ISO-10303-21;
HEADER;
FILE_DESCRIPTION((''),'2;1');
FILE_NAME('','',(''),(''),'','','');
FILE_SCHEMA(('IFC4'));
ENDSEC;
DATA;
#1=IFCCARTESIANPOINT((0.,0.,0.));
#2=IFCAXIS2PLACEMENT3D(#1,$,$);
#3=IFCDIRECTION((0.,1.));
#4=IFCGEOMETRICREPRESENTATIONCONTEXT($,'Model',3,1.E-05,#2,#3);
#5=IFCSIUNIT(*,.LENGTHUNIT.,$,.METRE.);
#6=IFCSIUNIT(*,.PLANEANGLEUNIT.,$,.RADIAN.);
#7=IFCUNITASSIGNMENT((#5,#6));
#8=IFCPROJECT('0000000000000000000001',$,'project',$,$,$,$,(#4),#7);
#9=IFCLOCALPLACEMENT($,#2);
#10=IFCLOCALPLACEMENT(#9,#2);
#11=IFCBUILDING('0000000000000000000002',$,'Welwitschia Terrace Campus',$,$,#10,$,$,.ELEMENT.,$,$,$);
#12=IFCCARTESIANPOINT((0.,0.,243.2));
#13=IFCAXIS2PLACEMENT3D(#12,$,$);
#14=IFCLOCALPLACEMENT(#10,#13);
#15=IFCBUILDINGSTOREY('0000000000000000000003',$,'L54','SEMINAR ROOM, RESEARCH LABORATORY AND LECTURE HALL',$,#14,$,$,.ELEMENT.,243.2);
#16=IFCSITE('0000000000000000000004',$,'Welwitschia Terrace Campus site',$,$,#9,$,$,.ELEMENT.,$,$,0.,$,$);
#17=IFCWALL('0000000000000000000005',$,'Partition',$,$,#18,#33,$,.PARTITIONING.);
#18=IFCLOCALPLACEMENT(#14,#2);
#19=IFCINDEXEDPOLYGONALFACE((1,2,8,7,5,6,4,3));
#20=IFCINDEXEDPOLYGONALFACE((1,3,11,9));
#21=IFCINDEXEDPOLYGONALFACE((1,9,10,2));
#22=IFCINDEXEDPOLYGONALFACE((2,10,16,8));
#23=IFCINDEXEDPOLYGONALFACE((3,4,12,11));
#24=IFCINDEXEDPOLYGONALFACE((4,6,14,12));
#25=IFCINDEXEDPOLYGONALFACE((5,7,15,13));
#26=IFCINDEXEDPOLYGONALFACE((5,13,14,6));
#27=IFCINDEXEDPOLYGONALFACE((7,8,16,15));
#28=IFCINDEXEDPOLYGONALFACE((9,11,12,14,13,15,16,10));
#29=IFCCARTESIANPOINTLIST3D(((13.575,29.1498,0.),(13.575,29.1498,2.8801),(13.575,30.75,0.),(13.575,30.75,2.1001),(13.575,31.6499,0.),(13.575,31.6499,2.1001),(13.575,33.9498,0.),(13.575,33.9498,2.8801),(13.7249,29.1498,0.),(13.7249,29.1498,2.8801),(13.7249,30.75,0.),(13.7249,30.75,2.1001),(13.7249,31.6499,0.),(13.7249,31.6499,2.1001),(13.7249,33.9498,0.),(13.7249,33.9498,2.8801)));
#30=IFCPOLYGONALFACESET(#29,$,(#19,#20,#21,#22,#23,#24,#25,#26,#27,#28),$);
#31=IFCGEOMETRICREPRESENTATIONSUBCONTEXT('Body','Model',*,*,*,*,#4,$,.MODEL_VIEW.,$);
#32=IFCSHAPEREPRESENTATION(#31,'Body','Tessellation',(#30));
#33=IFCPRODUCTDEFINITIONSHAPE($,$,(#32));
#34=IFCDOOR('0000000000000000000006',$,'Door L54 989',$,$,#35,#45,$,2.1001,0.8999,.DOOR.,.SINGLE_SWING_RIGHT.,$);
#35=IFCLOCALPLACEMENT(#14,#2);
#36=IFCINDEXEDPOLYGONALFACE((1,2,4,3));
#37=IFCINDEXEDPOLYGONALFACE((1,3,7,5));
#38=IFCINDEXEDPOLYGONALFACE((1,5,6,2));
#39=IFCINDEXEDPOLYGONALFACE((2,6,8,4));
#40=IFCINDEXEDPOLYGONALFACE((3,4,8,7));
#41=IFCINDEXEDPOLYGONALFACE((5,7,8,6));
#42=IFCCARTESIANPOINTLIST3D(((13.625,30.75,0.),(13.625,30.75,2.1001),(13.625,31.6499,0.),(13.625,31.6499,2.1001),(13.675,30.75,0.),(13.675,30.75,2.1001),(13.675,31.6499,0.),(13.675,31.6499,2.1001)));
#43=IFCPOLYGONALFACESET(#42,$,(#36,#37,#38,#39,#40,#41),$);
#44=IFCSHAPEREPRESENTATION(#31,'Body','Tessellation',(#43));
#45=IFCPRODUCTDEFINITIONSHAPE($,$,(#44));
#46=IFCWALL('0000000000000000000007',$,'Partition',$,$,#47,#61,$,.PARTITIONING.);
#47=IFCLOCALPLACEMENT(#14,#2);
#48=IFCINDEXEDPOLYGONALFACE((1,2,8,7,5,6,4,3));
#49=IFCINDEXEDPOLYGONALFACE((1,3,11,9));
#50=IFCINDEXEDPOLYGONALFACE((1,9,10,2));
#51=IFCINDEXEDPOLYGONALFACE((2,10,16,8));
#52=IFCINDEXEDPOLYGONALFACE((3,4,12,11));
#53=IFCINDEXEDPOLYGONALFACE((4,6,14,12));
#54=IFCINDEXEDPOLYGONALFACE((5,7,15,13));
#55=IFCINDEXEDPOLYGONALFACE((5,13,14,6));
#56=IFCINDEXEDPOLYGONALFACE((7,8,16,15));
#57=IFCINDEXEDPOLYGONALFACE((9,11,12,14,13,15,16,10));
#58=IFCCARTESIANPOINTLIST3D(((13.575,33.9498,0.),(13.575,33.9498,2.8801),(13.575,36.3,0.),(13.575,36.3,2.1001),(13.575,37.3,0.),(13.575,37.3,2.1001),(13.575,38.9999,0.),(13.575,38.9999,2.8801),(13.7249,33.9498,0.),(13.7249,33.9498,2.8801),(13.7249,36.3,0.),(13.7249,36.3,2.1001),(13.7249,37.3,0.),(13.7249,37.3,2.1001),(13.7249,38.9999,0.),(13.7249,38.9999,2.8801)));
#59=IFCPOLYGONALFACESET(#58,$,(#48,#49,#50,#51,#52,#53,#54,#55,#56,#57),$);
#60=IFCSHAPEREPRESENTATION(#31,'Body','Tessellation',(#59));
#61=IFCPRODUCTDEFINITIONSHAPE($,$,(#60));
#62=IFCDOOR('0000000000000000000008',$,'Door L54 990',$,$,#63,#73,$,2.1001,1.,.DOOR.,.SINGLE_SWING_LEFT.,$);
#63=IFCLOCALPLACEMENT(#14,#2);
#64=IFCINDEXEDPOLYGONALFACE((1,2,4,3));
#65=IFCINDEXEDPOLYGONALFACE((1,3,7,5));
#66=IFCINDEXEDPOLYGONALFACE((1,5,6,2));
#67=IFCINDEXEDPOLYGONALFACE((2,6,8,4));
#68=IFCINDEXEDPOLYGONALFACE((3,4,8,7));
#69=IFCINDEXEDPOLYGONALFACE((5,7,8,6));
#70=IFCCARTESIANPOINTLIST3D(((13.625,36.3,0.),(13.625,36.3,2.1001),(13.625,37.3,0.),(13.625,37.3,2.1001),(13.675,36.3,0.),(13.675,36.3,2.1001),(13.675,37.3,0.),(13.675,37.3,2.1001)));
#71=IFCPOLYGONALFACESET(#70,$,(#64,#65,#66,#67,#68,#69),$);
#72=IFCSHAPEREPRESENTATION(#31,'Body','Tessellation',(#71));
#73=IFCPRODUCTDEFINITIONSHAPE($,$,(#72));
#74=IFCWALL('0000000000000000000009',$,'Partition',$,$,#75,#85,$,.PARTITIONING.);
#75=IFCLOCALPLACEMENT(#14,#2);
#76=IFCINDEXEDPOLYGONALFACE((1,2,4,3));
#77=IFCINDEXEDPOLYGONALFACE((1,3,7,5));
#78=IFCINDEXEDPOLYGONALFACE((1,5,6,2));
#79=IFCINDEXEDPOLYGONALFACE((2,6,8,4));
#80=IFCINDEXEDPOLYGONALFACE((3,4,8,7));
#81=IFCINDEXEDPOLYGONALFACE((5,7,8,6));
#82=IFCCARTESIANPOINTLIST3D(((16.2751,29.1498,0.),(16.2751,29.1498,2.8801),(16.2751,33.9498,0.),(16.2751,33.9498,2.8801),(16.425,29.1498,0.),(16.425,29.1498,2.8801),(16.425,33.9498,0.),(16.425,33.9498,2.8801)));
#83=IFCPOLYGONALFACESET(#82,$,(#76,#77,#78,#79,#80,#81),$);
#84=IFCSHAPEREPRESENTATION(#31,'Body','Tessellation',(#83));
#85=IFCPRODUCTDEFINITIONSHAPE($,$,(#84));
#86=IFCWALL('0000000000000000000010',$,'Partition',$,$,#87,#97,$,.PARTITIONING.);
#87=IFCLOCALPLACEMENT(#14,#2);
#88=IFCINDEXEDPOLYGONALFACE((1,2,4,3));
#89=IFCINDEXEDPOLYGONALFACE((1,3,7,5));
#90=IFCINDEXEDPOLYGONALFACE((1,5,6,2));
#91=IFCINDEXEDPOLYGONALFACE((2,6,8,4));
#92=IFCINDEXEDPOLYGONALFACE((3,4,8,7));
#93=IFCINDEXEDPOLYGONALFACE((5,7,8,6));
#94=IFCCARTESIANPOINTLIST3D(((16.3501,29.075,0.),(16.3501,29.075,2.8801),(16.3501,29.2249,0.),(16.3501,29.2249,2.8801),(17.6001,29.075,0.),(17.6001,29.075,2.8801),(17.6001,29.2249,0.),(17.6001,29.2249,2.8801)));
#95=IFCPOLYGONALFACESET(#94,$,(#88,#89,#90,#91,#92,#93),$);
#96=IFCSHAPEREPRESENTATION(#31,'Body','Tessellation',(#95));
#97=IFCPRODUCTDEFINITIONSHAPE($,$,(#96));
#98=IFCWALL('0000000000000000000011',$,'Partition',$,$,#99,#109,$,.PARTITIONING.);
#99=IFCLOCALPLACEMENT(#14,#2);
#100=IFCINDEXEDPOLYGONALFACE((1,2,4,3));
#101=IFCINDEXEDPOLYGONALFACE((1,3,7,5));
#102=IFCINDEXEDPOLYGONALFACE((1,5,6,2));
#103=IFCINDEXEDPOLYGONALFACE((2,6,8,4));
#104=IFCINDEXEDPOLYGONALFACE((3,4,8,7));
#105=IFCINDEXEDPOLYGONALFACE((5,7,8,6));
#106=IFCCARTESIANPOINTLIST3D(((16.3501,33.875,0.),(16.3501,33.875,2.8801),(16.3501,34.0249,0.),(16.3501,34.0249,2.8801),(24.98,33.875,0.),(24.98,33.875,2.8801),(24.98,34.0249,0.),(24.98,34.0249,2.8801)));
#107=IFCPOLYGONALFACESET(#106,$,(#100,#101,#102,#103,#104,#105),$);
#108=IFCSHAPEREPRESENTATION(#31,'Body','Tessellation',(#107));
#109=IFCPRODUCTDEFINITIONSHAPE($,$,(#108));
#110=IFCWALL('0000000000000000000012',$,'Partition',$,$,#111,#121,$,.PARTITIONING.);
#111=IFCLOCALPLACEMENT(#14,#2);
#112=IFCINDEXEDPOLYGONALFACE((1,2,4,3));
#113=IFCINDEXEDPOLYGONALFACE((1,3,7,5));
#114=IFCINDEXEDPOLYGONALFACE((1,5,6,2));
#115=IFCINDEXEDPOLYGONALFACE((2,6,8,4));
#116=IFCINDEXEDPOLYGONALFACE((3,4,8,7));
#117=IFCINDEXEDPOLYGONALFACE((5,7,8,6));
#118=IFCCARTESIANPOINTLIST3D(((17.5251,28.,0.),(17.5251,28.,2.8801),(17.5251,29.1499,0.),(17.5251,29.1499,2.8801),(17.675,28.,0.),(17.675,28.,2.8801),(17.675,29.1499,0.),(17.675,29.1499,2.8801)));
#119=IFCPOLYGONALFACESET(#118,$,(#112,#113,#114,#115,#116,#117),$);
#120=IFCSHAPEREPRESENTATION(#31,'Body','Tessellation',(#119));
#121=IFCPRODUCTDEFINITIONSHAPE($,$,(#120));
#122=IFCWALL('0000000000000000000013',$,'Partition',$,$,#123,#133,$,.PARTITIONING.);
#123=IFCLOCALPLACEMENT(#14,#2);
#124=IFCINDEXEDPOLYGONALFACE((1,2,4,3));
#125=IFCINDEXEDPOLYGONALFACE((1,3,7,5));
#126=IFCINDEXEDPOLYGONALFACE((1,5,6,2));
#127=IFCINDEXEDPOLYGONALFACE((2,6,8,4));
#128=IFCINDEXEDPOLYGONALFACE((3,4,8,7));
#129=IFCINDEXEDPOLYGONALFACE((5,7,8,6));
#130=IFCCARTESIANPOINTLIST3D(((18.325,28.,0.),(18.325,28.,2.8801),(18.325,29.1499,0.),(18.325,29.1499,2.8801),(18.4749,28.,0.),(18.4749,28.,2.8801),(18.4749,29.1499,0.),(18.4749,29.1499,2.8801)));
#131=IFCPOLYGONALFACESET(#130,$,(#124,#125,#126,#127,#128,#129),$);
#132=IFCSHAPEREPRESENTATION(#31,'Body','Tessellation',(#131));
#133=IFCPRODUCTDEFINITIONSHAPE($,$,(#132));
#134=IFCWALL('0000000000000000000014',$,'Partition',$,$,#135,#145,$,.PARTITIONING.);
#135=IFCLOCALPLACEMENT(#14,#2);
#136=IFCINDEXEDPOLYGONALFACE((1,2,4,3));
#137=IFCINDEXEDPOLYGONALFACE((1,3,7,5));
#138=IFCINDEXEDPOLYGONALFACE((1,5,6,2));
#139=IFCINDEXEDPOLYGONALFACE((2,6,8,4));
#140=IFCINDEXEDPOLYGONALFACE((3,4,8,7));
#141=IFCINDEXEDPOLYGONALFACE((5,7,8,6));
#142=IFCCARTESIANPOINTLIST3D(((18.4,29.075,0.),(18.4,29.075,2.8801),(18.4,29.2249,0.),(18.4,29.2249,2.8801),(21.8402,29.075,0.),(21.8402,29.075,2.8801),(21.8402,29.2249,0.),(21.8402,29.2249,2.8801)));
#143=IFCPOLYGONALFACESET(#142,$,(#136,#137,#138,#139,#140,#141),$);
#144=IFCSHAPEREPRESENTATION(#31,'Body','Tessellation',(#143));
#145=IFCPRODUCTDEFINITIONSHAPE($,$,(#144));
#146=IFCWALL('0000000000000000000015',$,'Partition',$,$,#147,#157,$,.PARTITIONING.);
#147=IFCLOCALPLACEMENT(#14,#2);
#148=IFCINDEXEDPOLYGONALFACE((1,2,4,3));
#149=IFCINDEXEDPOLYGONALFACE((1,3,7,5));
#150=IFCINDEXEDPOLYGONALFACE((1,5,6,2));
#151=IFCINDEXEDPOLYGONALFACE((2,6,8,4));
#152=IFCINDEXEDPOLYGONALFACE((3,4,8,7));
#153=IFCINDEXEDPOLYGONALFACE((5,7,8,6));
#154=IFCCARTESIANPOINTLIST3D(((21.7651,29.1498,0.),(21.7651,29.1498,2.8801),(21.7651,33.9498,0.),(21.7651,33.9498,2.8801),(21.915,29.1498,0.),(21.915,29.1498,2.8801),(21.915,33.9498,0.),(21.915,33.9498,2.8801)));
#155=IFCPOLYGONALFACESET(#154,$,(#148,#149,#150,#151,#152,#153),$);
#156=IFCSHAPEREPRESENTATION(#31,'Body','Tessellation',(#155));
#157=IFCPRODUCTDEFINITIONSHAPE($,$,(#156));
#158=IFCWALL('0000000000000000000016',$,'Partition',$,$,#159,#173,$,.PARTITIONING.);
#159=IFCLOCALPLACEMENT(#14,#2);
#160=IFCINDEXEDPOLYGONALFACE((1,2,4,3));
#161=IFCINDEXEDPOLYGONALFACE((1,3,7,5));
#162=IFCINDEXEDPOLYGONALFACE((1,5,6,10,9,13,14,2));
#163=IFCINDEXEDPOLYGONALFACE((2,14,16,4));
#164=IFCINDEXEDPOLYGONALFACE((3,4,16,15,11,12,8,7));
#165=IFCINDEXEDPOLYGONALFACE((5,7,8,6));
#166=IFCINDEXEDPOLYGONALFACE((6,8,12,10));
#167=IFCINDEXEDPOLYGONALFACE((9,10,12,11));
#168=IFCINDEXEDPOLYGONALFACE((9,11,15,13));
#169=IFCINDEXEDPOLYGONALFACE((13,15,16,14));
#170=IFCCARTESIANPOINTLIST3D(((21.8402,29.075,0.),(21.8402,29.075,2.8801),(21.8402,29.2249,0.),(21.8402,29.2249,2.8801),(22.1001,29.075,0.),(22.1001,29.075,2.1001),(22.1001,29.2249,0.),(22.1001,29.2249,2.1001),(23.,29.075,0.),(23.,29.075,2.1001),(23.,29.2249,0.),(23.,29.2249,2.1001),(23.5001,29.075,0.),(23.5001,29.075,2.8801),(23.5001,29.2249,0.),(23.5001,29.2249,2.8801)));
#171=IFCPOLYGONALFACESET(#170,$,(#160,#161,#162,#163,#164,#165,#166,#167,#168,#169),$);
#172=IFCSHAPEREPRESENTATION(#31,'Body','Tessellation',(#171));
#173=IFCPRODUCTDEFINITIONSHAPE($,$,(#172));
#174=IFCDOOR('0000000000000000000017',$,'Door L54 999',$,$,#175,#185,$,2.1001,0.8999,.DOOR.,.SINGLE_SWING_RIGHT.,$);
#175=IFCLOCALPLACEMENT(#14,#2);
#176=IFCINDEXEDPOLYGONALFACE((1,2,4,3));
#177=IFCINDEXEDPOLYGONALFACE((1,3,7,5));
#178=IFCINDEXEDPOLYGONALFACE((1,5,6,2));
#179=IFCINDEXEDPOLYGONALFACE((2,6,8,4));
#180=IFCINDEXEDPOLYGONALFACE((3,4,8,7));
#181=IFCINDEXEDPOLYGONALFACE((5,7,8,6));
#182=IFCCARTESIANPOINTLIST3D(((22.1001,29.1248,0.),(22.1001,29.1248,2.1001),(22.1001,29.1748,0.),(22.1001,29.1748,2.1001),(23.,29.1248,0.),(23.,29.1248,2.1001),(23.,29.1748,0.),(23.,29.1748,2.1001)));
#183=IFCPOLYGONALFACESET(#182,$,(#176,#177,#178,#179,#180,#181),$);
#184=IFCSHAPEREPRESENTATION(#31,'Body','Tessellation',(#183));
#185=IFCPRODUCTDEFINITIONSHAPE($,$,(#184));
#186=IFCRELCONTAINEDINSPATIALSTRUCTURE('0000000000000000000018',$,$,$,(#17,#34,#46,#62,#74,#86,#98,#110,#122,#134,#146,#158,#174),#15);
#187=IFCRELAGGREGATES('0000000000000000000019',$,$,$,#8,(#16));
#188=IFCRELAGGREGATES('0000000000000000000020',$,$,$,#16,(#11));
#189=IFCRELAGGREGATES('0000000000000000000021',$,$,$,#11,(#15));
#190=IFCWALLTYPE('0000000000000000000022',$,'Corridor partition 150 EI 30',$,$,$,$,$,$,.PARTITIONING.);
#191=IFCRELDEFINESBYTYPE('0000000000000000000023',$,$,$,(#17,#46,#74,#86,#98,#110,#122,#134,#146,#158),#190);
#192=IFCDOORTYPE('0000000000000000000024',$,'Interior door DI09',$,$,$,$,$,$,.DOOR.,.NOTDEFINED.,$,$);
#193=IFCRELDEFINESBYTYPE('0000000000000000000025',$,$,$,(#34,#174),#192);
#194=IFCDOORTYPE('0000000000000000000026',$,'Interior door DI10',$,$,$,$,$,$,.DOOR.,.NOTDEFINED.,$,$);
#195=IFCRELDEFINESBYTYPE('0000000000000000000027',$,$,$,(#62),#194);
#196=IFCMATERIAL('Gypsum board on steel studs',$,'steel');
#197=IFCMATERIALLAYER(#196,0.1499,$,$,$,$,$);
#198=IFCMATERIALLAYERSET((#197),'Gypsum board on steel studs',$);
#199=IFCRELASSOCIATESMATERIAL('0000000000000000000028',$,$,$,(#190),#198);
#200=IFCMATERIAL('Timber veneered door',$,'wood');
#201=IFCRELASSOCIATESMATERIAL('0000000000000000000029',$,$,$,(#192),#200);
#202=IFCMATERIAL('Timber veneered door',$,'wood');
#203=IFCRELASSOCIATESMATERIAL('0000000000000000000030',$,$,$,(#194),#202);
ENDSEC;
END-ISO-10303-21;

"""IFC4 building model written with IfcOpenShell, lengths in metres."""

from ifc_helpers import new_model, si_unit, direction, frame, frame_2d, origin, place, context, subcontext, project, spatial, rectangle, extrude, material, layer, layer_set, type_object, element, fill, save


model = new_model("IFC4")

# Units and contexts
model_context = context("Model", 3, precision=1e-05, world=origin(), true_north=direction((0.0, 1.0)))
body_context = subcontext(model_context, "Body", "Model", "MODEL_VIEW")
ifc_project = project(units=[si_unit("LENGTHUNIT", "METRE"), si_unit("PLANEANGLEUNIT", "RADIAN")], contexts=[model_context])

# Site, building, storey
site_placement = place(None, origin())
site = spatial("IfcSite", under=ifc_project, at=site_placement, Name="Welwitschia Terrace Campus site", CompositionType="ELEMENT", RefElevation=0.0)
building_placement = place(site_placement, origin())
building = spatial("IfcBuilding", under=site, at=building_placement, Name="Welwitschia Terrace Campus", CompositionType="ELEMENT")
storey_placement = place(building_placement, frame((0.0, 0.0, 243.2)))
storey = spatial("IfcBuildingStorey", under=building, at=storey_placement, Name="L54", Description="SEMINAR ROOM, RESEARCH LABORATORY AND LECTURE HALL", CompositionType="ELEMENT", Elevation=243.2)

# Walls, openings, doors
ifc_material_1 = material(Name="Gypsum board on steel studs", Category="steel")
ifc_layer_1 = layer(ifc_material_1, 0.1499)
ifc_layer_set_1 = layer_set([ifc_layer_1], Name="Gypsum board on steel studs")
wall_type = type_object("IfcWallType", Name="Corridor partition 150 EI 30", PredefinedType="PARTITIONING", material=ifc_layer_set_1)
wall_1_placement = place(storey_placement, frame((13.6499, 29.1499, 0.0), z_axis=(0.0, 0.0, 1.0), x_axis=(0.0, 1.0, 0.0)))
wall_1 = element("IfcWall", 1, at=wall_1_placement, inside=storey, type_object=wall_type, Name="Partition", PredefinedType="PARTITIONING", context=body_context, shape_type="SweptSolid", body=[
    extrude(rectangle(XDim=4.8, YDim=0.1499, at=frame_2d((2.3999, 0.0))), origin(), (0.0, 0.0, 1.0), 2.8801),
])
opening_1_placement = place(wall_1_placement, frame((1.6001, 0.0, 0.0)))
opening_1 = element("IfcOpeningElement", 2, at=opening_1_placement, cuts=wall_1, PredefinedType="OPENING", context=body_context, shape_type="SweptSolid", body=[
    extrude(rectangle(XDim=0.8999, YDim=2.1001, at=frame_2d((0.45, 1.05))), frame((0.0, 0.085, 0.0), z_axis=(0.0, -1.0, 0.0), x_axis=(1.0, 0.0, 0.0)), (0.0, 0.0, 1.0), 0.1699),
])
ifc_material_2 = material(Name="Timber veneered door", Category="wood")
door_type_1 = type_object("IfcDoorType", Name="Interior door DI09", OperationType="NOTDEFINED", PredefinedType="DOOR", material=ifc_material_2)
door_1_placement = place(opening_1_placement, origin())
door_1 = element("IfcDoor", 3, at=door_1_placement, inside=storey, type_object=door_type_1, Name="Door L54 989", OperationType="SINGLE_SWING_RIGHT", OverallHeight=2.1001, OverallWidth=0.8999, PredefinedType="DOOR", context=body_context, shape_type="SweptSolid", body=[
    extrude(rectangle(XDim=0.8999, YDim=2.1001, at=frame_2d((0.45, 1.05))), frame((0.0, 0.0249, 0.0), z_axis=(0.0, -1.0, 0.0), x_axis=(1.0, 0.0, 0.0)), (0.0, 0.0, 1.0), 0.05),
])
fill(opening_1, door_1)
wall_2_placement = place(storey_placement, frame((13.6499, 33.95, 0.0), z_axis=(0.0, 0.0, 1.0), x_axis=(0.0, 1.0, 0.0)))
wall_2 = element("IfcWall", 4, at=wall_2_placement, inside=storey, type_object=wall_type, Name="Partition", PredefinedType="PARTITIONING", context=body_context, shape_type="SweptSolid", body=[
    extrude(rectangle(XDim=5.05, YDim=0.1499, at=frame_2d((2.5249, 0.0))), origin(), (0.0, 0.0, 1.0), 2.8801),
])
opening_2_placement = place(wall_2_placement, frame((2.3501, 0.0, 0.0)))
opening_2 = element("IfcOpeningElement", 5, at=opening_2_placement, cuts=wall_2, PredefinedType="OPENING", context=body_context, shape_type="SweptSolid", body=[
    extrude(rectangle(XDim=1.0, YDim=2.1001, at=frame_2d((0.5, 1.05))), frame((0.0, 0.085, 0.0), z_axis=(0.0, -1.0, 0.0), x_axis=(1.0, 0.0, 0.0)), (0.0, 0.0, 1.0), 0.1699),
])
ifc_material_3 = material(Name="Timber veneered door", Category="wood")
door_type_2 = type_object("IfcDoorType", Name="Interior door DI10", OperationType="NOTDEFINED", PredefinedType="DOOR", material=ifc_material_3)
door_2_placement = place(opening_2_placement, origin())
door_2 = element("IfcDoor", 6, at=door_2_placement, inside=storey, type_object=door_type_2, Name="Door L54 990", OperationType="SINGLE_SWING_LEFT", OverallHeight=2.1001, OverallWidth=1.0, PredefinedType="DOOR", context=body_context, shape_type="SweptSolid", body=[
    extrude(rectangle(XDim=1.0, YDim=2.1001, at=frame_2d((0.5, 1.05))), frame((0.0, 0.0249, 0.0), z_axis=(0.0, -1.0, 0.0), x_axis=(1.0, 0.0, 0.0)), (0.0, 0.0, 1.0), 0.05),
])
fill(opening_2, door_2)

# Walls
wall_3_placement = place(storey_placement, frame((16.3501, 29.1499, 0.0), z_axis=(0.0, 0.0, 1.0), x_axis=(0.0, 1.0, 0.0)))
element("IfcWall", 7, at=wall_3_placement, inside=storey, type_object=wall_type, Name="Partition", PredefinedType="PARTITIONING", context=body_context, shape_type="SweptSolid", body=[
    extrude(rectangle(XDim=4.8, YDim=0.1499, at=frame_2d((2.3999, 0.0))), origin(), (0.0, 0.0, 1.0), 2.8801),
])
wall_4_placement = place(storey_placement, frame((16.3501, 29.1499, 0.0), z_axis=(0.0, 0.0, 1.0), x_axis=(1.0, 0.0, 0.0)))
element("IfcWall", 8, at=wall_4_placement, inside=storey, type_object=wall_type, Name="Partition", PredefinedType="PARTITIONING", context=body_context, shape_type="SweptSolid", body=[
    extrude(rectangle(XDim=1.25, YDim=0.1499, at=frame_2d((0.625, 0.0))), origin(), (0.0, 0.0, 1.0), 2.8801),
])
wall_5_placement = place(storey_placement, frame((16.3501, 33.95, 0.0), z_axis=(0.0, 0.0, 1.0), x_axis=(1.0, 0.0, 0.0)))
element("IfcWall", 9, at=wall_5_placement, inside=storey, type_object=wall_type, Name="Partition", PredefinedType="PARTITIONING", context=body_context, shape_type="SweptSolid", body=[
    extrude(rectangle(XDim=8.6299, YDim=0.1499, at=frame_2d((4.3149, 0.0))), origin(), (0.0, 0.0, 1.0), 2.8801),
])
for number, where, z_axis, x_axis, name in (
    (10, (17.6001, 28.0, 0.0), (0.0, 0.0, 1.0), (0.0, 1.0, 0.0), "Partition"),
    (11, (18.3999, 28.0, 0.0), (0.0, 0.0, 1.0), (0.0, 1.0, 0.0), "Partition"),
):
    element("IfcWall", number, at=place(storey_placement, frame(where, z_axis=z_axis, x_axis=x_axis)), inside=storey, type_object=wall_type, Name=name, PredefinedType="PARTITIONING", context=body_context, shape_type="SweptSolid", body=[
        extrude(rectangle(XDim=1.1499, YDim=0.1499, at=frame_2d((0.575, 0.0))), origin(), (0.0, 0.0, 1.0), 2.8801),
    ])
wall_6_placement = place(storey_placement, frame((18.3999, 29.1499, 0.0), z_axis=(0.0, 0.0, 1.0), x_axis=(1.0, 0.0, 0.0)))
element("IfcWall", 12, at=wall_6_placement, inside=storey, type_object=wall_type, Name="Partition", PredefinedType="PARTITIONING", context=body_context, shape_type="SweptSolid", body=[
    extrude(rectangle(XDim=3.4402, YDim=0.1499, at=frame_2d((1.7202, 0.0))), origin(), (0.0, 0.0, 1.0), 2.8801),
])
wall_7_placement = place(storey_placement, frame((21.8401, 29.1499, 0.0), z_axis=(0.0, 0.0, 1.0), x_axis=(0.0, 1.0, 0.0)))
element("IfcWall", 13, at=wall_7_placement, inside=storey, type_object=wall_type, Name="Partition", PredefinedType="PARTITIONING", context=body_context, shape_type="SweptSolid", body=[
    extrude(rectangle(XDim=4.8, YDim=0.1499, at=frame_2d((2.3999, 0.0))), origin(), (0.0, 0.0, 1.0), 2.8801),
])

# Wall, opening, door
wall_8_placement = place(storey_placement, frame((21.8401, 29.1499, 0.0), z_axis=(0.0, 0.0, 1.0), x_axis=(1.0, 0.0, 0.0)))
wall_8 = element("IfcWall", 14, at=wall_8_placement, inside=storey, type_object=wall_type, Name="Partition", PredefinedType="PARTITIONING", context=body_context, shape_type="SweptSolid", body=[
    extrude(rectangle(XDim=1.6599, YDim=0.1499, at=frame_2d((0.8301, 0.0))), origin(), (0.0, 0.0, 1.0), 2.8801),
])
opening_3_placement = place(wall_8_placement, frame((0.26, 0.0, 0.0)))
opening_3 = element("IfcOpeningElement", 15, at=opening_3_placement, cuts=wall_8, PredefinedType="OPENING", context=body_context, shape_type="SweptSolid", body=[
    extrude(rectangle(XDim=0.8999, YDim=2.1001, at=frame_2d((0.45, 1.05))), frame((0.0, 0.085, 0.0), z_axis=(0.0, -1.0, 0.0), x_axis=(1.0, 0.0, 0.0)), (0.0, 0.0, 1.0), 0.1699),
])
door_3_placement = place(opening_3_placement, origin())
door_3 = element("IfcDoor", 16, at=door_3_placement, inside=storey, type_object=door_type_1, Name="Door L54 999", OperationType="SINGLE_SWING_RIGHT", OverallHeight=2.1001, OverallWidth=0.8999, PredefinedType="DOOR", context=body_context, shape_type="SweptSolid", body=[
    extrude(rectangle(XDim=0.8999, YDim=2.1001, at=frame_2d((0.45, 1.05))), frame((0.0, 0.0249, 0.0), z_axis=(0.0, -1.0, 0.0), x_axis=(1.0, 0.0, 0.0)), (0.0, 0.0, 1.0), 0.05),
])
fill(opening_3, door_3)

save(model, "model.ifc")
